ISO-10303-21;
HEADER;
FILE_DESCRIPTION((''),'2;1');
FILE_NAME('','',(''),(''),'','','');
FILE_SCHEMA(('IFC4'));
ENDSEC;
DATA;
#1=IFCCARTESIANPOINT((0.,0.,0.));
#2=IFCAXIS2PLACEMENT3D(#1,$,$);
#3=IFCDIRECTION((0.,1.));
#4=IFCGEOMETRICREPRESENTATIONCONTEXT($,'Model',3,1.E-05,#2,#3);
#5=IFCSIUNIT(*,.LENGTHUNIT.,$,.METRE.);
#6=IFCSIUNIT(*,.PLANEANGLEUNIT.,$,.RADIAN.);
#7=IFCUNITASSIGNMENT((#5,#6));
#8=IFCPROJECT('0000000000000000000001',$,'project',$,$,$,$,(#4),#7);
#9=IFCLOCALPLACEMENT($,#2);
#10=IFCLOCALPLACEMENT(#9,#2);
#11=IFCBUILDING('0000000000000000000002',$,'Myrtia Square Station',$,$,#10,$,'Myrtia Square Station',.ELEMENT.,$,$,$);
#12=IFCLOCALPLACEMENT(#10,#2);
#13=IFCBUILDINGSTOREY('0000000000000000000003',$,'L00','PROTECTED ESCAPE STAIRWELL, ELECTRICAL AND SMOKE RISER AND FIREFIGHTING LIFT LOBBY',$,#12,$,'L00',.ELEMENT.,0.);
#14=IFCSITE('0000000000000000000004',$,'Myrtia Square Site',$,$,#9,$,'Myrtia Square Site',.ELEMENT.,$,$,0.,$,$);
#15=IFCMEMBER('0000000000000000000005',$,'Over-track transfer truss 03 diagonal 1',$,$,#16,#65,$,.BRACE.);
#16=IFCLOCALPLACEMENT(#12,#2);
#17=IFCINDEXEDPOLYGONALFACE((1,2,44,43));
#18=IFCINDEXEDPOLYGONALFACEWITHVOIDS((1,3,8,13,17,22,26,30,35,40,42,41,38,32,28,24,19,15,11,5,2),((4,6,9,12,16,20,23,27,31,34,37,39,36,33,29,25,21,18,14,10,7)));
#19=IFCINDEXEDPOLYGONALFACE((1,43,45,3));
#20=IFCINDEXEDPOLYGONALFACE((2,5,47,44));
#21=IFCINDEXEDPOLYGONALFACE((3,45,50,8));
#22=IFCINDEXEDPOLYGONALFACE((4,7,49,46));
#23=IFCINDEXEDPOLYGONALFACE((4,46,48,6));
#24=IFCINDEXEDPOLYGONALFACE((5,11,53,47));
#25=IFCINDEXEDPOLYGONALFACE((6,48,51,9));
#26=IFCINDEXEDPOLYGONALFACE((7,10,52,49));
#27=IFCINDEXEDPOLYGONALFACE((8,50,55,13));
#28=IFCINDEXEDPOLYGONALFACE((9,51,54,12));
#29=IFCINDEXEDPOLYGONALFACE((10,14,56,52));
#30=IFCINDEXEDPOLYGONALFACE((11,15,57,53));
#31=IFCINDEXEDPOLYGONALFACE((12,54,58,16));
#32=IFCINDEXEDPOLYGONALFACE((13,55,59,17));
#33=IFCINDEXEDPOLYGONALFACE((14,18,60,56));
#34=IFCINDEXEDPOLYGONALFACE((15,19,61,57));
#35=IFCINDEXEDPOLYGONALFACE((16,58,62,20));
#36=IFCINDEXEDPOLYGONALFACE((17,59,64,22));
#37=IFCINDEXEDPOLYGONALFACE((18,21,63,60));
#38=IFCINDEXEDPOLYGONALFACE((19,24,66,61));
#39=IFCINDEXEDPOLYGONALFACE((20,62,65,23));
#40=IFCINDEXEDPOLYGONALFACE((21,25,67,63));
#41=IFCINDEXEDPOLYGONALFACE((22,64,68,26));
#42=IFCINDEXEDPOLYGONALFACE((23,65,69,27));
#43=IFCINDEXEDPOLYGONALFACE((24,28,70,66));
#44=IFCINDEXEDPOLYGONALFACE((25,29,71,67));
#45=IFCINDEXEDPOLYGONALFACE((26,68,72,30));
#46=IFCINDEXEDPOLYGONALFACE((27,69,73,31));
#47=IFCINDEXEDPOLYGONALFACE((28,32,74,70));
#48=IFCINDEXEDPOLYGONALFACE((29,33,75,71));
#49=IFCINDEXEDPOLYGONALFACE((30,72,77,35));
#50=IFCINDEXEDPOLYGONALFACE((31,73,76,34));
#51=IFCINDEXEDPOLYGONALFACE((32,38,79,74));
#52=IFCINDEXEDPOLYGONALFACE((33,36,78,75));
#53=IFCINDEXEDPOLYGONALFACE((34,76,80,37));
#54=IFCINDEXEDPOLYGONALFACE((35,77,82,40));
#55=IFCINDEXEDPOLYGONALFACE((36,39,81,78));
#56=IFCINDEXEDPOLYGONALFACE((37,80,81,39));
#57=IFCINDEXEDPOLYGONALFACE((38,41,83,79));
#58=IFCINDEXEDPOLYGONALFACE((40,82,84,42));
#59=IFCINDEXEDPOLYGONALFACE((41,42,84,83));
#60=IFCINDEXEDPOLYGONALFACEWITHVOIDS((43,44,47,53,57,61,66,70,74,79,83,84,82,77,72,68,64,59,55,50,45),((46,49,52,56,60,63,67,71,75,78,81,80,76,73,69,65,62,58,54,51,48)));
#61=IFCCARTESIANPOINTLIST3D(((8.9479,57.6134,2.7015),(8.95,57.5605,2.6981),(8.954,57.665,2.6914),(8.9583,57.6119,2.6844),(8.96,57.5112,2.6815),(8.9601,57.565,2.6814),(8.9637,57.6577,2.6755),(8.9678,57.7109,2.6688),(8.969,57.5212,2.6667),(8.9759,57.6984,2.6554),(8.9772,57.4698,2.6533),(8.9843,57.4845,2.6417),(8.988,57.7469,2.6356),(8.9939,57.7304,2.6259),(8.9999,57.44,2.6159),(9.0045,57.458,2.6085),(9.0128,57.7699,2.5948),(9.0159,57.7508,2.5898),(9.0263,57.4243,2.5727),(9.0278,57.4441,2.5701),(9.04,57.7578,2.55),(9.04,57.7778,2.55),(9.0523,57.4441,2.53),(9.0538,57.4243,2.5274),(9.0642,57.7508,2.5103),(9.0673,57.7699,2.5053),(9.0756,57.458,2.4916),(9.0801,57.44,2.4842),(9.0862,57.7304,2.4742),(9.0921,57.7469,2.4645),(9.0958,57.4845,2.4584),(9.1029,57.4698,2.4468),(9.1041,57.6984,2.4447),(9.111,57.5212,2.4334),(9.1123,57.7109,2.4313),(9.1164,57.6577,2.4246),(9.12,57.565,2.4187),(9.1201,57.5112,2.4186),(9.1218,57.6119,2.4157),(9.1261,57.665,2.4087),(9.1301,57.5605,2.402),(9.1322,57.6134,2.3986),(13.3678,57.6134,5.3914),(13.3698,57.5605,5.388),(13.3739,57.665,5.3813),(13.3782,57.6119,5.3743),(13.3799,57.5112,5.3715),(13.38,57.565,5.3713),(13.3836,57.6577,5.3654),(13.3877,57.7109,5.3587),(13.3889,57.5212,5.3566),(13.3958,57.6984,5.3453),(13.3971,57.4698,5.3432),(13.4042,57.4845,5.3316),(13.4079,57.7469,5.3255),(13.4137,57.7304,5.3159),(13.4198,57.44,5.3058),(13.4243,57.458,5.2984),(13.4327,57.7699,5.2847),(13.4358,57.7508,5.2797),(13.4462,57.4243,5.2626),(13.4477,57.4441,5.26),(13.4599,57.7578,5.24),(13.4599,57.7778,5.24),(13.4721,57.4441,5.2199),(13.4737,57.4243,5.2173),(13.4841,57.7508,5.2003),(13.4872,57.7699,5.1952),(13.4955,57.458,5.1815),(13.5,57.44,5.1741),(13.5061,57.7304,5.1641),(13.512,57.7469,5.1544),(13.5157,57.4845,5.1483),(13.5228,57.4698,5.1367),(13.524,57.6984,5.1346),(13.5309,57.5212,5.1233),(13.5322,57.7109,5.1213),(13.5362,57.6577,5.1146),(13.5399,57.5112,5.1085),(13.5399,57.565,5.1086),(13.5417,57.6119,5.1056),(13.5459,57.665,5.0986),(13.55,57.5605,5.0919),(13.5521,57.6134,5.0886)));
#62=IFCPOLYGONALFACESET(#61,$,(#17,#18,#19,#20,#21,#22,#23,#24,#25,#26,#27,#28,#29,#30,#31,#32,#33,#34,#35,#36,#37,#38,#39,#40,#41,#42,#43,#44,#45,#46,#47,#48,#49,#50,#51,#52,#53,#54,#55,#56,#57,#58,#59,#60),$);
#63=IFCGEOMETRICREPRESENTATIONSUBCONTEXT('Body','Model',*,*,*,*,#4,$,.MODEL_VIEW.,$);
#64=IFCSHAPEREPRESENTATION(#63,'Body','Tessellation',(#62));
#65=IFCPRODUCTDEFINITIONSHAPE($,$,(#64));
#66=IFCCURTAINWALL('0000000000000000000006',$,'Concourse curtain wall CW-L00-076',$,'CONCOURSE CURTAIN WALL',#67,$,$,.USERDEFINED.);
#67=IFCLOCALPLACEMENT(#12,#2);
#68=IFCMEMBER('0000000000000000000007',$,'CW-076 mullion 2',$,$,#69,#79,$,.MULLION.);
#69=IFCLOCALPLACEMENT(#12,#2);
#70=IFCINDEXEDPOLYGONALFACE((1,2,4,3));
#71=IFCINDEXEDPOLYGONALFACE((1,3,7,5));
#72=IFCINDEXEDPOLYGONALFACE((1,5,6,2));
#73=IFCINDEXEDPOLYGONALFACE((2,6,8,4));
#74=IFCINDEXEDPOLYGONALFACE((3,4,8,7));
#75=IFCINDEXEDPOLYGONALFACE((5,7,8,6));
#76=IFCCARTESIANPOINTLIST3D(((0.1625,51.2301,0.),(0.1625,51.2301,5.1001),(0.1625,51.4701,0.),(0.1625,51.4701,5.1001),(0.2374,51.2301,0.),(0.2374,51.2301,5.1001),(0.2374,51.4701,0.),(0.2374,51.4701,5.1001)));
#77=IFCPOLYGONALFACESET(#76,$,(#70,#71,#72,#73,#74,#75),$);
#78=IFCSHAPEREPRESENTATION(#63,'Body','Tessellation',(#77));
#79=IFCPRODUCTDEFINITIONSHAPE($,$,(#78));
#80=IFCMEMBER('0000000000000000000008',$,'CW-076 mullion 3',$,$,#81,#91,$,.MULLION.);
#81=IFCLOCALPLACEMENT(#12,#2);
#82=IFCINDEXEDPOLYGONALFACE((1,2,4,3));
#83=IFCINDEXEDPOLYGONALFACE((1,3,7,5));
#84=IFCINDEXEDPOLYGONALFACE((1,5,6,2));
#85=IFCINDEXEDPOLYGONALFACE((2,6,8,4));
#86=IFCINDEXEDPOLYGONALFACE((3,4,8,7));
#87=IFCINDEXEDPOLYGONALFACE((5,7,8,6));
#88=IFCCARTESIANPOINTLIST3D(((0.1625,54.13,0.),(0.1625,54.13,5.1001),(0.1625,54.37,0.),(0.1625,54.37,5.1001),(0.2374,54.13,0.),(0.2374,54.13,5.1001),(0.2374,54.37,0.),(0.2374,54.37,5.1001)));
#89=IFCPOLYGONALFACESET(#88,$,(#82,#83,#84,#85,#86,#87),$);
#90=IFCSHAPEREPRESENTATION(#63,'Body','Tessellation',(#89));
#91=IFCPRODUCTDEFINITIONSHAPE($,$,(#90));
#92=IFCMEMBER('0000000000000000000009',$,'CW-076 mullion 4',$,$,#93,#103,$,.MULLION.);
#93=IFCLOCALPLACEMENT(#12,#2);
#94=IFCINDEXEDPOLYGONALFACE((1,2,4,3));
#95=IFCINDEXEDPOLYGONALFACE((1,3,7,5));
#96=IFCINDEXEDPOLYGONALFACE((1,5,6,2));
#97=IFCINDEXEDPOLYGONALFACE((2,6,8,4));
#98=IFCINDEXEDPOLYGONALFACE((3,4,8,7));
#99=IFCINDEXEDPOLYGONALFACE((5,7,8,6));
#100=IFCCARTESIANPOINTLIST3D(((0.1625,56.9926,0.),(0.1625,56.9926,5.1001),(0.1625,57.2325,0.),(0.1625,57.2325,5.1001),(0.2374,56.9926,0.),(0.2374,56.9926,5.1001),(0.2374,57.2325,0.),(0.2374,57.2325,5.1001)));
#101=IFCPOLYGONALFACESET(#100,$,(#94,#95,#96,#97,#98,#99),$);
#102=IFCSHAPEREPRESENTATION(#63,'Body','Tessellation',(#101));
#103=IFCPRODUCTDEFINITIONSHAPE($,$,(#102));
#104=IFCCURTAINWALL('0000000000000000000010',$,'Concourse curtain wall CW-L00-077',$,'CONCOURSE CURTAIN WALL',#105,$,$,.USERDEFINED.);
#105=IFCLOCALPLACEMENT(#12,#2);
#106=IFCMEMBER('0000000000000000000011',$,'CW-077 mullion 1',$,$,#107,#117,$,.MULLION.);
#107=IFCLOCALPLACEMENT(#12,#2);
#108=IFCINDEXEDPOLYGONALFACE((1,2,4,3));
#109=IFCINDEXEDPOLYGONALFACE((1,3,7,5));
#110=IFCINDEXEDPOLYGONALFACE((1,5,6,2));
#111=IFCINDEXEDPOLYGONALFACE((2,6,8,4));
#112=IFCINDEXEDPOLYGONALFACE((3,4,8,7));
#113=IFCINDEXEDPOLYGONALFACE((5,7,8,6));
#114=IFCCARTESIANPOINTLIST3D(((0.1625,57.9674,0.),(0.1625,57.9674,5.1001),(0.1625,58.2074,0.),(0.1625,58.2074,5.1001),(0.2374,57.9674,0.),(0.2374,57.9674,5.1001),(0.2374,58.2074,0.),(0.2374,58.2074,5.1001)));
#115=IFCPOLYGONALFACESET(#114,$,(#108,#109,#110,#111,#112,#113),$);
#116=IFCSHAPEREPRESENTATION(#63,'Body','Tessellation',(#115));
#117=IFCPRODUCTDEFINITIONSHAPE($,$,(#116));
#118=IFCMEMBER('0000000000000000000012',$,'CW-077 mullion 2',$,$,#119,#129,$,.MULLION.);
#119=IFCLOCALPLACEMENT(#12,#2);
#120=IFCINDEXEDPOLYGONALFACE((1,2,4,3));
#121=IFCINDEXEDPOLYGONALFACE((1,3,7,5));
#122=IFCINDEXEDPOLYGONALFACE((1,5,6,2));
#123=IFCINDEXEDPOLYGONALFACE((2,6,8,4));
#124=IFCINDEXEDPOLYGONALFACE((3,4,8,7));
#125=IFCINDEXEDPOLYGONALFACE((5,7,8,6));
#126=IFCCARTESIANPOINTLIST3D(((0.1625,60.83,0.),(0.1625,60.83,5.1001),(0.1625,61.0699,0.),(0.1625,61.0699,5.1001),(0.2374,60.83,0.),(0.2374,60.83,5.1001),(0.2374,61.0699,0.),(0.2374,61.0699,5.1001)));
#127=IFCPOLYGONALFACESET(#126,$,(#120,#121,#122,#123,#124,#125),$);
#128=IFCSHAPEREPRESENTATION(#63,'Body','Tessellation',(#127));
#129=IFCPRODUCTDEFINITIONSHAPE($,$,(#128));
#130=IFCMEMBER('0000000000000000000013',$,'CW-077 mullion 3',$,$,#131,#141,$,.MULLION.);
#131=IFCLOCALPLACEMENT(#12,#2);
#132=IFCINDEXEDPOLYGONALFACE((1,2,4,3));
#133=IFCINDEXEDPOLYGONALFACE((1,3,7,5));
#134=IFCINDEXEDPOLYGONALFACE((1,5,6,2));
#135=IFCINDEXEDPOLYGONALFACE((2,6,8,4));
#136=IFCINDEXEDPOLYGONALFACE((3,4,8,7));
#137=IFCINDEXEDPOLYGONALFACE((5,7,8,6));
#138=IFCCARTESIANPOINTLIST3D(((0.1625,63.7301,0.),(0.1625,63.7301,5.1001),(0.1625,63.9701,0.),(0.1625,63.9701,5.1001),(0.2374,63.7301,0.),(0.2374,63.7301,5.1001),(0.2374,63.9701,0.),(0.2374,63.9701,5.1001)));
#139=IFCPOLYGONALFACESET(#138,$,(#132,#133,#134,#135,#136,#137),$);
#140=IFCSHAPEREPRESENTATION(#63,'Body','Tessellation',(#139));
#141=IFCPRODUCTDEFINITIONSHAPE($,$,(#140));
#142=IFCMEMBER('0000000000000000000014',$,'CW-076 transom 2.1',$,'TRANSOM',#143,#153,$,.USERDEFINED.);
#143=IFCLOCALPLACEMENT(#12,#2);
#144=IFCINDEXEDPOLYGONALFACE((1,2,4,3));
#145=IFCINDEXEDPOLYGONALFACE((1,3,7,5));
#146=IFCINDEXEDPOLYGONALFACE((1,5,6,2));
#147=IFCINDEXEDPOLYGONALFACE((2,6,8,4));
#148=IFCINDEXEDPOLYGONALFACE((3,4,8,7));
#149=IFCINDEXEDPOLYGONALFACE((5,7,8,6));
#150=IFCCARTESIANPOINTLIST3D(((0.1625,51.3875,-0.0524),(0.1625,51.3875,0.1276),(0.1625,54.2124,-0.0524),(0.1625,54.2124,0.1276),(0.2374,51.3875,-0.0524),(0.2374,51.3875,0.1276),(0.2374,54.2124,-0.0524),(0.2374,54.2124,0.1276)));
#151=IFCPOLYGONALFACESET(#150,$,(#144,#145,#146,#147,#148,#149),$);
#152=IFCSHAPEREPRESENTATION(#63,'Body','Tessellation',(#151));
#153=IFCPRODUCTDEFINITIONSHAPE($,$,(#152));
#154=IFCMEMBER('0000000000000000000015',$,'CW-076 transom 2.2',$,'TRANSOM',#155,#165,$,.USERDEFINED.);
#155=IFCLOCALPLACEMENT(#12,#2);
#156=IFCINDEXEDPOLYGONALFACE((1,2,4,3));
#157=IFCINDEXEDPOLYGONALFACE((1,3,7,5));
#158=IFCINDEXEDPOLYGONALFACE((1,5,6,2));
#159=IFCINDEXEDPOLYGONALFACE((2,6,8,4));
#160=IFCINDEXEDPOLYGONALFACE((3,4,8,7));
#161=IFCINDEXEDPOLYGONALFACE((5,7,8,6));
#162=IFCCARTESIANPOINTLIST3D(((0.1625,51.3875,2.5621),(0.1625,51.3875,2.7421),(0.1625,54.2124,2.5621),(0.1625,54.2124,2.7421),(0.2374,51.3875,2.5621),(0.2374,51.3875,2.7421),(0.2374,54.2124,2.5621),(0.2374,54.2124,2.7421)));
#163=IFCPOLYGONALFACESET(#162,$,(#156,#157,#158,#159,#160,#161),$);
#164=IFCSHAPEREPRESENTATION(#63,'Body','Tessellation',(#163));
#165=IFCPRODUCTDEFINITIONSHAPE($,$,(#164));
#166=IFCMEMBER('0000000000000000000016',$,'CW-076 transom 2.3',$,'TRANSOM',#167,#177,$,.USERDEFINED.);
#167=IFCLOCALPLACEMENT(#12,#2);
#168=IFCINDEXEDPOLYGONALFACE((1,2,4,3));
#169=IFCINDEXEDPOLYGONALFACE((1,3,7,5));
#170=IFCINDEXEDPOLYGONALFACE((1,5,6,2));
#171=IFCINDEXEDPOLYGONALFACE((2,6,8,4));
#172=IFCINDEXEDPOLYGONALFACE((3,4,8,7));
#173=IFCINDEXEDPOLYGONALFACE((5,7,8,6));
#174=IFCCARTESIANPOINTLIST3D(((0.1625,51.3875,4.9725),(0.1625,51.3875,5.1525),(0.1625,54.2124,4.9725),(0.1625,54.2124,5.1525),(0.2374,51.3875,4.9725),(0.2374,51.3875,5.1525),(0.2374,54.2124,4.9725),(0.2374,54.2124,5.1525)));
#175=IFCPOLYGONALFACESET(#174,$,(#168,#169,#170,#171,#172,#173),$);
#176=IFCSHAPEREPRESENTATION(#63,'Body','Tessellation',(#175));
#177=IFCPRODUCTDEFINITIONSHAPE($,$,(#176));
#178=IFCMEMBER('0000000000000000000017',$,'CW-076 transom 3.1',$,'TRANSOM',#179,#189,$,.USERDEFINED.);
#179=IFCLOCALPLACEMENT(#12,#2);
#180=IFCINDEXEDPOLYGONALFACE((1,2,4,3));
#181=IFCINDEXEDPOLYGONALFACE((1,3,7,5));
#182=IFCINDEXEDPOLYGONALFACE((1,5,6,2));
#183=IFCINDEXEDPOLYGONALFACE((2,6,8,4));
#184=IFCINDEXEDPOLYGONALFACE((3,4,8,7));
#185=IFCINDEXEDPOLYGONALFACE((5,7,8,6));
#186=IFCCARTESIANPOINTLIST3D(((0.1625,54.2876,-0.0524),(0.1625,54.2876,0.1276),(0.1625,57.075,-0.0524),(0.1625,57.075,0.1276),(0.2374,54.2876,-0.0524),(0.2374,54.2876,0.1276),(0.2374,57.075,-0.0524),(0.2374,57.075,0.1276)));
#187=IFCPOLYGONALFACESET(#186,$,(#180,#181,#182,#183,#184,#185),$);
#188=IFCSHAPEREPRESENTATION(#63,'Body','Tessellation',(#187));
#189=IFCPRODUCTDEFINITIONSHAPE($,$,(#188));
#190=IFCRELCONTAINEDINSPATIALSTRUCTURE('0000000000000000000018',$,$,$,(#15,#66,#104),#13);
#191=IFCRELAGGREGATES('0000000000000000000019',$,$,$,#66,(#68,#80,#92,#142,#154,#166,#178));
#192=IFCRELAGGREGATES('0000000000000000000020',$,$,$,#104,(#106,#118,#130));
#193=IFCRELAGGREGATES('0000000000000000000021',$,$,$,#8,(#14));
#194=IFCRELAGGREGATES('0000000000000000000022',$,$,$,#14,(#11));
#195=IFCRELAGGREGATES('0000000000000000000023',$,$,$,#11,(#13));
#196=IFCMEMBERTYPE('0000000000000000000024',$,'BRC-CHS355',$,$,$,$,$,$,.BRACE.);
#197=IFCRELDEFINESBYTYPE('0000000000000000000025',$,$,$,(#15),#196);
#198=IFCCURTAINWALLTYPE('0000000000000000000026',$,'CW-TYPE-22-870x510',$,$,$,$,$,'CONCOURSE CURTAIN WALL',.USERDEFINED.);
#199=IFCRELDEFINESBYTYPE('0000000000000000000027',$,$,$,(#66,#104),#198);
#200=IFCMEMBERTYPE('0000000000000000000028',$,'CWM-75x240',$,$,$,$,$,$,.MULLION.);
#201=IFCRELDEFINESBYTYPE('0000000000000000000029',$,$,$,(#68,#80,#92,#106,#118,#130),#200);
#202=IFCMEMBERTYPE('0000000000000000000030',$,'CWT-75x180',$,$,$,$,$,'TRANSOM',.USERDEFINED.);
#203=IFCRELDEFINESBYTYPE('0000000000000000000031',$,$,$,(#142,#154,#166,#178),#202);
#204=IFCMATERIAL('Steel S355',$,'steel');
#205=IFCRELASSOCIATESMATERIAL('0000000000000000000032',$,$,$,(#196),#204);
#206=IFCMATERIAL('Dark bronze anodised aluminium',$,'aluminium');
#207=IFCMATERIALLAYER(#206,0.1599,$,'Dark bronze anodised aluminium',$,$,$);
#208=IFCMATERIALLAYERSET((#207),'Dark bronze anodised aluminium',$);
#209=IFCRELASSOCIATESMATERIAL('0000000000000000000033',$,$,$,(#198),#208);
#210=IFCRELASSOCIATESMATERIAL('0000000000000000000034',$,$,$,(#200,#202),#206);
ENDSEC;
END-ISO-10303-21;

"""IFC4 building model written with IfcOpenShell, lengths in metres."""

from ifc_helpers import new_model, si_unit, direction, frame, origin, origin_2d, place, context, subcontext, project, spatial, rectangle, hollow_circle, extrude, material, layer, layer_set, material_profile, profile_set, type_object, element, aggregate, save


model = new_model("IFC4")

# Units and contexts
model_context = context("Model", 3, precision=1e-05, world=origin(), true_north=direction((0.0, 1.0)))
body_context = subcontext(model_context, "Body", "Model", "MODEL_VIEW")
ifc_project = project(units=[si_unit("LENGTHUNIT", "METRE"), si_unit("PLANEANGLEUNIT", "RADIAN")], contexts=[model_context])

# Site, building, storey
site_placement = place(None, origin())
site = spatial("IfcSite", under=ifc_project, at=site_placement, Name="Myrtia Square Site", LongName="Myrtia Square Site", CompositionType="ELEMENT", RefElevation=0.0)
building_placement = place(site_placement, origin())
building = spatial("IfcBuilding", under=site, at=building_placement, Name="Myrtia Square Station", LongName="Myrtia Square Station", CompositionType="ELEMENT")
storey_placement = place(building_placement, origin())
storey = spatial("IfcBuildingStorey", under=building, at=storey_placement, Name="L00", Description="PROTECTED ESCAPE STAIRWELL, ELECTRICAL AND SMOKE RISER AND FIREFIGHTING LIFT LOBBY", LongName="L00", CompositionType="ELEMENT", Elevation=0.0)

# Shared definitions
ifc_material_1 = material(Name="Steel S355", Category="steel")

# Member
ifc_material_profile_1 = material_profile(ifc_material_1, hollow_circle(Radius=0.1777, WallThickness=0.02, at=origin_2d()), Name="CHS 355.6x20")
ifc_profile_set_1 = profile_set([ifc_material_profile_1], Name="Steel S355")
member_type_1 = type_object("IfcMemberType", Name="BRC-CHS355", PredefinedType="BRACE", material=ifc_profile_set_1)
member_1_placement = place(storey_placement, frame((9.04, 57.6001, 2.55), z_axis=(0.854237, 0.0, 0.519884), x_axis=(0.0, 1.0, 0.0)))
element("IfcMember", 1, at=member_1_placement, inside=storey, type_object=member_type_1, Name="Over-track transfer truss 03 diagonal 1", PredefinedType="BRACE", context=body_context, shape_type="SweptSolid", body=[
    extrude(hollow_circle(Radius=0.1777, WallThickness=0.02, at=origin_2d()), origin(), (0.0, 0.0, 1.0), 5.1741),
])

# Curtain walls, members
ifc_material_2 = material(Name="Dark bronze anodised aluminium", Category="aluminium")
ifc_layer_1 = layer(ifc_material_2, 0.1599, Name="Dark bronze anodised aluminium")
ifc_layer_set_1 = layer_set([ifc_layer_1], Name="Dark bronze anodised aluminium")
curtain_wall_type = type_object("IfcCurtainWallType", Name="CW-TYPE-22-870x510", ElementType="CONCOURSE CURTAIN WALL", PredefinedType="USERDEFINED", material=ifc_layer_set_1)
curtain_wall_1_placement = place(storey_placement, origin())
curtain_wall_1 = element("IfcCurtainWall", 2, at=curtain_wall_1_placement, inside=storey, type_object=curtain_wall_type, Name="Concourse curtain wall CW-L00-076", ObjectType="CONCOURSE CURTAIN WALL", PredefinedType="USERDEFINED")
ifc_material_profile_2 = material_profile(ifc_material_2, rectangle(XDim=0.075, YDim=0.24, at=origin_2d()), Name="ALU-M 75x240")
ifc_profile_set_2 = profile_set([ifc_material_profile_2], Name="Dark bronze anodised aluminium")
member_type_2 = type_object("IfcMemberType", Name="CWM-75x240", PredefinedType="MULLION", material=ifc_profile_set_2)
member_2_placement = place(storey_placement, frame((0.2, 51.3501, 0.0), z_axis=(0.0, 0.0, 1.0), x_axis=(-1.0, 0.0, 0.0)))
member_2 = element("IfcMember", 3, at=member_2_placement, type_object=member_type_2, Name="CW-076 mullion 2", PredefinedType="MULLION", context=body_context, shape_type="SweptSolid", body=[
    extrude(rectangle(XDim=0.075, YDim=0.24, at=origin_2d()), origin(), (0.0, 0.0, 1.0), 5.1001),
])
member_3_placement = place(storey_placement, frame((0.2, 54.25, 0.0), z_axis=(0.0, 0.0, 1.0), x_axis=(-1.0, 0.0, 0.0)))
member_3 = element("IfcMember", 4, at=member_3_placement, type_object=member_type_2, Name="CW-076 mullion 3", PredefinedType="MULLION", context=body_context, shape_type="SweptSolid", body=[
    extrude(rectangle(XDim=0.075, YDim=0.24, at=origin_2d()), origin(), (0.0, 0.0, 1.0), 5.1001),
])
member_4_placement = place(storey_placement, frame((0.2, 57.1125, 0.0), z_axis=(0.0, 0.0, 1.0), x_axis=(-1.0, 0.0, 0.0)))
member_4 = element("IfcMember", 5, at=member_4_placement, type_object=member_type_2, Name="CW-076 mullion 4", PredefinedType="MULLION", context=body_context, shape_type="SweptSolid", body=[
    extrude(rectangle(XDim=0.075, YDim=0.24, at=origin_2d()), origin(), (0.0, 0.0, 1.0), 5.1001),
])
curtain_wall_2_placement = place(storey_placement, origin())
curtain_wall_2 = element("IfcCurtainWall", 6, at=curtain_wall_2_placement, inside=storey, type_object=curtain_wall_type, Name="Concourse curtain wall CW-L00-077", ObjectType="CONCOURSE CURTAIN WALL", PredefinedType="USERDEFINED")
member_5_placement = place(storey_placement, frame((0.2, 58.0874, 0.0), z_axis=(0.0, 0.0, 1.0), x_axis=(-1.0, 0.0, 0.0)))
member_5 = element("IfcMember", 7, at=member_5_placement, type_object=member_type_2, Name="CW-077 mullion 1", PredefinedType="MULLION", context=body_context, shape_type="SweptSolid", body=[
    extrude(rectangle(XDim=0.075, YDim=0.24, at=origin_2d()), origin(), (0.0, 0.0, 1.0), 5.1001),
])
member_6_placement = place(storey_placement, frame((0.2, 60.95, 0.0), z_axis=(0.0, 0.0, 1.0), x_axis=(-1.0, 0.0, 0.0)))
member_6 = element("IfcMember", 8, at=member_6_placement, type_object=member_type_2, Name="CW-077 mullion 2", PredefinedType="MULLION", context=body_context, shape_type="SweptSolid", body=[
    extrude(rectangle(XDim=0.075, YDim=0.24, at=origin_2d()), origin(), (0.0, 0.0, 1.0), 5.1001),
])
member_7_placement = place(storey_placement, frame((0.2, 63.8501, 0.0), z_axis=(0.0, 0.0, 1.0), x_axis=(-1.0, 0.0, 0.0)))
member_7 = element("IfcMember", 9, at=member_7_placement, type_object=member_type_2, Name="CW-077 mullion 3", PredefinedType="MULLION", context=body_context, shape_type="SweptSolid", body=[
    extrude(rectangle(XDim=0.075, YDim=0.24, at=origin_2d()), origin(), (0.0, 0.0, 1.0), 5.1001),
])

# Members
ifc_material_profile_3 = material_profile(ifc_material_2, rectangle(XDim=0.075, YDim=0.1799, at=origin_2d()), Name="ALU-T 75x180")
ifc_profile_set_3 = profile_set([ifc_material_profile_3], Name="Dark bronze anodised aluminium")
member_type_3 = type_object("IfcMemberType", Name="CWT-75x180", ElementType="TRANSOM", PredefinedType="USERDEFINED", material=ifc_profile_set_3)
member_8_placement = place(storey_placement, frame((0.2, 51.3875, 0.0376), z_axis=(0.0, 1.0, 0.0), x_axis=(-1.0, 0.0, 0.0)))
member_8 = element("IfcMember", 10, at=member_8_placement, type_object=member_type_3, Name="CW-076 transom 2.1", ObjectType="TRANSOM", PredefinedType="USERDEFINED", context=body_context, shape_type="SweptSolid", body=[
    extrude(rectangle(XDim=0.075, YDim=0.1799, at=origin_2d()), origin(), (0.0, 0.0, 1.0), 2.825),
])
member_9_placement = place(storey_placement, frame((0.2, 51.3875, 2.6521), z_axis=(0.0, 1.0, 0.0), x_axis=(-1.0, 0.0, 0.0)))
member_9 = element("IfcMember", 11, at=member_9_placement, type_object=member_type_3, Name="CW-076 transom 2.2", ObjectType="TRANSOM", PredefinedType="USERDEFINED", context=body_context, shape_type="SweptSolid", body=[
    extrude(rectangle(XDim=0.075, YDim=0.1799, at=origin_2d()), origin(), (0.0, 0.0, 1.0), 2.825),
])
member_10_placement = place(storey_placement, frame((0.2, 51.3875, 5.0625), z_axis=(0.0, 1.0, 0.0), x_axis=(-1.0, 0.0, 0.0)))
member_10 = element("IfcMember", 12, at=member_10_placement, type_object=member_type_3, Name="CW-076 transom 2.3", ObjectType="TRANSOM", PredefinedType="USERDEFINED", context=body_context, shape_type="SweptSolid", body=[
    extrude(rectangle(XDim=0.075, YDim=0.1799, at=origin_2d()), origin(), (0.0, 0.0, 1.0), 2.825),
])
member_11_placement = place(storey_placement, frame((0.2, 54.2876, 0.0376), z_axis=(0.0, 1.0, 0.0), x_axis=(-1.0, 0.0, 0.0)))
member_11 = element("IfcMember", 13, at=member_11_placement, type_object=member_type_3, Name="CW-076 transom 3.1", ObjectType="TRANSOM", PredefinedType="USERDEFINED", context=body_context, shape_type="SweptSolid", body=[
    extrude(rectangle(XDim=0.075, YDim=0.1799, at=origin_2d()), origin(), (0.0, 0.0, 1.0), 2.7874),
])

aggregate(curtain_wall_1, [member_2, member_3, member_4, member_8, member_9, member_10, member_11])
aggregate(curtain_wall_2, [member_5, member_6, member_7])

save(model, "model.ifc")
